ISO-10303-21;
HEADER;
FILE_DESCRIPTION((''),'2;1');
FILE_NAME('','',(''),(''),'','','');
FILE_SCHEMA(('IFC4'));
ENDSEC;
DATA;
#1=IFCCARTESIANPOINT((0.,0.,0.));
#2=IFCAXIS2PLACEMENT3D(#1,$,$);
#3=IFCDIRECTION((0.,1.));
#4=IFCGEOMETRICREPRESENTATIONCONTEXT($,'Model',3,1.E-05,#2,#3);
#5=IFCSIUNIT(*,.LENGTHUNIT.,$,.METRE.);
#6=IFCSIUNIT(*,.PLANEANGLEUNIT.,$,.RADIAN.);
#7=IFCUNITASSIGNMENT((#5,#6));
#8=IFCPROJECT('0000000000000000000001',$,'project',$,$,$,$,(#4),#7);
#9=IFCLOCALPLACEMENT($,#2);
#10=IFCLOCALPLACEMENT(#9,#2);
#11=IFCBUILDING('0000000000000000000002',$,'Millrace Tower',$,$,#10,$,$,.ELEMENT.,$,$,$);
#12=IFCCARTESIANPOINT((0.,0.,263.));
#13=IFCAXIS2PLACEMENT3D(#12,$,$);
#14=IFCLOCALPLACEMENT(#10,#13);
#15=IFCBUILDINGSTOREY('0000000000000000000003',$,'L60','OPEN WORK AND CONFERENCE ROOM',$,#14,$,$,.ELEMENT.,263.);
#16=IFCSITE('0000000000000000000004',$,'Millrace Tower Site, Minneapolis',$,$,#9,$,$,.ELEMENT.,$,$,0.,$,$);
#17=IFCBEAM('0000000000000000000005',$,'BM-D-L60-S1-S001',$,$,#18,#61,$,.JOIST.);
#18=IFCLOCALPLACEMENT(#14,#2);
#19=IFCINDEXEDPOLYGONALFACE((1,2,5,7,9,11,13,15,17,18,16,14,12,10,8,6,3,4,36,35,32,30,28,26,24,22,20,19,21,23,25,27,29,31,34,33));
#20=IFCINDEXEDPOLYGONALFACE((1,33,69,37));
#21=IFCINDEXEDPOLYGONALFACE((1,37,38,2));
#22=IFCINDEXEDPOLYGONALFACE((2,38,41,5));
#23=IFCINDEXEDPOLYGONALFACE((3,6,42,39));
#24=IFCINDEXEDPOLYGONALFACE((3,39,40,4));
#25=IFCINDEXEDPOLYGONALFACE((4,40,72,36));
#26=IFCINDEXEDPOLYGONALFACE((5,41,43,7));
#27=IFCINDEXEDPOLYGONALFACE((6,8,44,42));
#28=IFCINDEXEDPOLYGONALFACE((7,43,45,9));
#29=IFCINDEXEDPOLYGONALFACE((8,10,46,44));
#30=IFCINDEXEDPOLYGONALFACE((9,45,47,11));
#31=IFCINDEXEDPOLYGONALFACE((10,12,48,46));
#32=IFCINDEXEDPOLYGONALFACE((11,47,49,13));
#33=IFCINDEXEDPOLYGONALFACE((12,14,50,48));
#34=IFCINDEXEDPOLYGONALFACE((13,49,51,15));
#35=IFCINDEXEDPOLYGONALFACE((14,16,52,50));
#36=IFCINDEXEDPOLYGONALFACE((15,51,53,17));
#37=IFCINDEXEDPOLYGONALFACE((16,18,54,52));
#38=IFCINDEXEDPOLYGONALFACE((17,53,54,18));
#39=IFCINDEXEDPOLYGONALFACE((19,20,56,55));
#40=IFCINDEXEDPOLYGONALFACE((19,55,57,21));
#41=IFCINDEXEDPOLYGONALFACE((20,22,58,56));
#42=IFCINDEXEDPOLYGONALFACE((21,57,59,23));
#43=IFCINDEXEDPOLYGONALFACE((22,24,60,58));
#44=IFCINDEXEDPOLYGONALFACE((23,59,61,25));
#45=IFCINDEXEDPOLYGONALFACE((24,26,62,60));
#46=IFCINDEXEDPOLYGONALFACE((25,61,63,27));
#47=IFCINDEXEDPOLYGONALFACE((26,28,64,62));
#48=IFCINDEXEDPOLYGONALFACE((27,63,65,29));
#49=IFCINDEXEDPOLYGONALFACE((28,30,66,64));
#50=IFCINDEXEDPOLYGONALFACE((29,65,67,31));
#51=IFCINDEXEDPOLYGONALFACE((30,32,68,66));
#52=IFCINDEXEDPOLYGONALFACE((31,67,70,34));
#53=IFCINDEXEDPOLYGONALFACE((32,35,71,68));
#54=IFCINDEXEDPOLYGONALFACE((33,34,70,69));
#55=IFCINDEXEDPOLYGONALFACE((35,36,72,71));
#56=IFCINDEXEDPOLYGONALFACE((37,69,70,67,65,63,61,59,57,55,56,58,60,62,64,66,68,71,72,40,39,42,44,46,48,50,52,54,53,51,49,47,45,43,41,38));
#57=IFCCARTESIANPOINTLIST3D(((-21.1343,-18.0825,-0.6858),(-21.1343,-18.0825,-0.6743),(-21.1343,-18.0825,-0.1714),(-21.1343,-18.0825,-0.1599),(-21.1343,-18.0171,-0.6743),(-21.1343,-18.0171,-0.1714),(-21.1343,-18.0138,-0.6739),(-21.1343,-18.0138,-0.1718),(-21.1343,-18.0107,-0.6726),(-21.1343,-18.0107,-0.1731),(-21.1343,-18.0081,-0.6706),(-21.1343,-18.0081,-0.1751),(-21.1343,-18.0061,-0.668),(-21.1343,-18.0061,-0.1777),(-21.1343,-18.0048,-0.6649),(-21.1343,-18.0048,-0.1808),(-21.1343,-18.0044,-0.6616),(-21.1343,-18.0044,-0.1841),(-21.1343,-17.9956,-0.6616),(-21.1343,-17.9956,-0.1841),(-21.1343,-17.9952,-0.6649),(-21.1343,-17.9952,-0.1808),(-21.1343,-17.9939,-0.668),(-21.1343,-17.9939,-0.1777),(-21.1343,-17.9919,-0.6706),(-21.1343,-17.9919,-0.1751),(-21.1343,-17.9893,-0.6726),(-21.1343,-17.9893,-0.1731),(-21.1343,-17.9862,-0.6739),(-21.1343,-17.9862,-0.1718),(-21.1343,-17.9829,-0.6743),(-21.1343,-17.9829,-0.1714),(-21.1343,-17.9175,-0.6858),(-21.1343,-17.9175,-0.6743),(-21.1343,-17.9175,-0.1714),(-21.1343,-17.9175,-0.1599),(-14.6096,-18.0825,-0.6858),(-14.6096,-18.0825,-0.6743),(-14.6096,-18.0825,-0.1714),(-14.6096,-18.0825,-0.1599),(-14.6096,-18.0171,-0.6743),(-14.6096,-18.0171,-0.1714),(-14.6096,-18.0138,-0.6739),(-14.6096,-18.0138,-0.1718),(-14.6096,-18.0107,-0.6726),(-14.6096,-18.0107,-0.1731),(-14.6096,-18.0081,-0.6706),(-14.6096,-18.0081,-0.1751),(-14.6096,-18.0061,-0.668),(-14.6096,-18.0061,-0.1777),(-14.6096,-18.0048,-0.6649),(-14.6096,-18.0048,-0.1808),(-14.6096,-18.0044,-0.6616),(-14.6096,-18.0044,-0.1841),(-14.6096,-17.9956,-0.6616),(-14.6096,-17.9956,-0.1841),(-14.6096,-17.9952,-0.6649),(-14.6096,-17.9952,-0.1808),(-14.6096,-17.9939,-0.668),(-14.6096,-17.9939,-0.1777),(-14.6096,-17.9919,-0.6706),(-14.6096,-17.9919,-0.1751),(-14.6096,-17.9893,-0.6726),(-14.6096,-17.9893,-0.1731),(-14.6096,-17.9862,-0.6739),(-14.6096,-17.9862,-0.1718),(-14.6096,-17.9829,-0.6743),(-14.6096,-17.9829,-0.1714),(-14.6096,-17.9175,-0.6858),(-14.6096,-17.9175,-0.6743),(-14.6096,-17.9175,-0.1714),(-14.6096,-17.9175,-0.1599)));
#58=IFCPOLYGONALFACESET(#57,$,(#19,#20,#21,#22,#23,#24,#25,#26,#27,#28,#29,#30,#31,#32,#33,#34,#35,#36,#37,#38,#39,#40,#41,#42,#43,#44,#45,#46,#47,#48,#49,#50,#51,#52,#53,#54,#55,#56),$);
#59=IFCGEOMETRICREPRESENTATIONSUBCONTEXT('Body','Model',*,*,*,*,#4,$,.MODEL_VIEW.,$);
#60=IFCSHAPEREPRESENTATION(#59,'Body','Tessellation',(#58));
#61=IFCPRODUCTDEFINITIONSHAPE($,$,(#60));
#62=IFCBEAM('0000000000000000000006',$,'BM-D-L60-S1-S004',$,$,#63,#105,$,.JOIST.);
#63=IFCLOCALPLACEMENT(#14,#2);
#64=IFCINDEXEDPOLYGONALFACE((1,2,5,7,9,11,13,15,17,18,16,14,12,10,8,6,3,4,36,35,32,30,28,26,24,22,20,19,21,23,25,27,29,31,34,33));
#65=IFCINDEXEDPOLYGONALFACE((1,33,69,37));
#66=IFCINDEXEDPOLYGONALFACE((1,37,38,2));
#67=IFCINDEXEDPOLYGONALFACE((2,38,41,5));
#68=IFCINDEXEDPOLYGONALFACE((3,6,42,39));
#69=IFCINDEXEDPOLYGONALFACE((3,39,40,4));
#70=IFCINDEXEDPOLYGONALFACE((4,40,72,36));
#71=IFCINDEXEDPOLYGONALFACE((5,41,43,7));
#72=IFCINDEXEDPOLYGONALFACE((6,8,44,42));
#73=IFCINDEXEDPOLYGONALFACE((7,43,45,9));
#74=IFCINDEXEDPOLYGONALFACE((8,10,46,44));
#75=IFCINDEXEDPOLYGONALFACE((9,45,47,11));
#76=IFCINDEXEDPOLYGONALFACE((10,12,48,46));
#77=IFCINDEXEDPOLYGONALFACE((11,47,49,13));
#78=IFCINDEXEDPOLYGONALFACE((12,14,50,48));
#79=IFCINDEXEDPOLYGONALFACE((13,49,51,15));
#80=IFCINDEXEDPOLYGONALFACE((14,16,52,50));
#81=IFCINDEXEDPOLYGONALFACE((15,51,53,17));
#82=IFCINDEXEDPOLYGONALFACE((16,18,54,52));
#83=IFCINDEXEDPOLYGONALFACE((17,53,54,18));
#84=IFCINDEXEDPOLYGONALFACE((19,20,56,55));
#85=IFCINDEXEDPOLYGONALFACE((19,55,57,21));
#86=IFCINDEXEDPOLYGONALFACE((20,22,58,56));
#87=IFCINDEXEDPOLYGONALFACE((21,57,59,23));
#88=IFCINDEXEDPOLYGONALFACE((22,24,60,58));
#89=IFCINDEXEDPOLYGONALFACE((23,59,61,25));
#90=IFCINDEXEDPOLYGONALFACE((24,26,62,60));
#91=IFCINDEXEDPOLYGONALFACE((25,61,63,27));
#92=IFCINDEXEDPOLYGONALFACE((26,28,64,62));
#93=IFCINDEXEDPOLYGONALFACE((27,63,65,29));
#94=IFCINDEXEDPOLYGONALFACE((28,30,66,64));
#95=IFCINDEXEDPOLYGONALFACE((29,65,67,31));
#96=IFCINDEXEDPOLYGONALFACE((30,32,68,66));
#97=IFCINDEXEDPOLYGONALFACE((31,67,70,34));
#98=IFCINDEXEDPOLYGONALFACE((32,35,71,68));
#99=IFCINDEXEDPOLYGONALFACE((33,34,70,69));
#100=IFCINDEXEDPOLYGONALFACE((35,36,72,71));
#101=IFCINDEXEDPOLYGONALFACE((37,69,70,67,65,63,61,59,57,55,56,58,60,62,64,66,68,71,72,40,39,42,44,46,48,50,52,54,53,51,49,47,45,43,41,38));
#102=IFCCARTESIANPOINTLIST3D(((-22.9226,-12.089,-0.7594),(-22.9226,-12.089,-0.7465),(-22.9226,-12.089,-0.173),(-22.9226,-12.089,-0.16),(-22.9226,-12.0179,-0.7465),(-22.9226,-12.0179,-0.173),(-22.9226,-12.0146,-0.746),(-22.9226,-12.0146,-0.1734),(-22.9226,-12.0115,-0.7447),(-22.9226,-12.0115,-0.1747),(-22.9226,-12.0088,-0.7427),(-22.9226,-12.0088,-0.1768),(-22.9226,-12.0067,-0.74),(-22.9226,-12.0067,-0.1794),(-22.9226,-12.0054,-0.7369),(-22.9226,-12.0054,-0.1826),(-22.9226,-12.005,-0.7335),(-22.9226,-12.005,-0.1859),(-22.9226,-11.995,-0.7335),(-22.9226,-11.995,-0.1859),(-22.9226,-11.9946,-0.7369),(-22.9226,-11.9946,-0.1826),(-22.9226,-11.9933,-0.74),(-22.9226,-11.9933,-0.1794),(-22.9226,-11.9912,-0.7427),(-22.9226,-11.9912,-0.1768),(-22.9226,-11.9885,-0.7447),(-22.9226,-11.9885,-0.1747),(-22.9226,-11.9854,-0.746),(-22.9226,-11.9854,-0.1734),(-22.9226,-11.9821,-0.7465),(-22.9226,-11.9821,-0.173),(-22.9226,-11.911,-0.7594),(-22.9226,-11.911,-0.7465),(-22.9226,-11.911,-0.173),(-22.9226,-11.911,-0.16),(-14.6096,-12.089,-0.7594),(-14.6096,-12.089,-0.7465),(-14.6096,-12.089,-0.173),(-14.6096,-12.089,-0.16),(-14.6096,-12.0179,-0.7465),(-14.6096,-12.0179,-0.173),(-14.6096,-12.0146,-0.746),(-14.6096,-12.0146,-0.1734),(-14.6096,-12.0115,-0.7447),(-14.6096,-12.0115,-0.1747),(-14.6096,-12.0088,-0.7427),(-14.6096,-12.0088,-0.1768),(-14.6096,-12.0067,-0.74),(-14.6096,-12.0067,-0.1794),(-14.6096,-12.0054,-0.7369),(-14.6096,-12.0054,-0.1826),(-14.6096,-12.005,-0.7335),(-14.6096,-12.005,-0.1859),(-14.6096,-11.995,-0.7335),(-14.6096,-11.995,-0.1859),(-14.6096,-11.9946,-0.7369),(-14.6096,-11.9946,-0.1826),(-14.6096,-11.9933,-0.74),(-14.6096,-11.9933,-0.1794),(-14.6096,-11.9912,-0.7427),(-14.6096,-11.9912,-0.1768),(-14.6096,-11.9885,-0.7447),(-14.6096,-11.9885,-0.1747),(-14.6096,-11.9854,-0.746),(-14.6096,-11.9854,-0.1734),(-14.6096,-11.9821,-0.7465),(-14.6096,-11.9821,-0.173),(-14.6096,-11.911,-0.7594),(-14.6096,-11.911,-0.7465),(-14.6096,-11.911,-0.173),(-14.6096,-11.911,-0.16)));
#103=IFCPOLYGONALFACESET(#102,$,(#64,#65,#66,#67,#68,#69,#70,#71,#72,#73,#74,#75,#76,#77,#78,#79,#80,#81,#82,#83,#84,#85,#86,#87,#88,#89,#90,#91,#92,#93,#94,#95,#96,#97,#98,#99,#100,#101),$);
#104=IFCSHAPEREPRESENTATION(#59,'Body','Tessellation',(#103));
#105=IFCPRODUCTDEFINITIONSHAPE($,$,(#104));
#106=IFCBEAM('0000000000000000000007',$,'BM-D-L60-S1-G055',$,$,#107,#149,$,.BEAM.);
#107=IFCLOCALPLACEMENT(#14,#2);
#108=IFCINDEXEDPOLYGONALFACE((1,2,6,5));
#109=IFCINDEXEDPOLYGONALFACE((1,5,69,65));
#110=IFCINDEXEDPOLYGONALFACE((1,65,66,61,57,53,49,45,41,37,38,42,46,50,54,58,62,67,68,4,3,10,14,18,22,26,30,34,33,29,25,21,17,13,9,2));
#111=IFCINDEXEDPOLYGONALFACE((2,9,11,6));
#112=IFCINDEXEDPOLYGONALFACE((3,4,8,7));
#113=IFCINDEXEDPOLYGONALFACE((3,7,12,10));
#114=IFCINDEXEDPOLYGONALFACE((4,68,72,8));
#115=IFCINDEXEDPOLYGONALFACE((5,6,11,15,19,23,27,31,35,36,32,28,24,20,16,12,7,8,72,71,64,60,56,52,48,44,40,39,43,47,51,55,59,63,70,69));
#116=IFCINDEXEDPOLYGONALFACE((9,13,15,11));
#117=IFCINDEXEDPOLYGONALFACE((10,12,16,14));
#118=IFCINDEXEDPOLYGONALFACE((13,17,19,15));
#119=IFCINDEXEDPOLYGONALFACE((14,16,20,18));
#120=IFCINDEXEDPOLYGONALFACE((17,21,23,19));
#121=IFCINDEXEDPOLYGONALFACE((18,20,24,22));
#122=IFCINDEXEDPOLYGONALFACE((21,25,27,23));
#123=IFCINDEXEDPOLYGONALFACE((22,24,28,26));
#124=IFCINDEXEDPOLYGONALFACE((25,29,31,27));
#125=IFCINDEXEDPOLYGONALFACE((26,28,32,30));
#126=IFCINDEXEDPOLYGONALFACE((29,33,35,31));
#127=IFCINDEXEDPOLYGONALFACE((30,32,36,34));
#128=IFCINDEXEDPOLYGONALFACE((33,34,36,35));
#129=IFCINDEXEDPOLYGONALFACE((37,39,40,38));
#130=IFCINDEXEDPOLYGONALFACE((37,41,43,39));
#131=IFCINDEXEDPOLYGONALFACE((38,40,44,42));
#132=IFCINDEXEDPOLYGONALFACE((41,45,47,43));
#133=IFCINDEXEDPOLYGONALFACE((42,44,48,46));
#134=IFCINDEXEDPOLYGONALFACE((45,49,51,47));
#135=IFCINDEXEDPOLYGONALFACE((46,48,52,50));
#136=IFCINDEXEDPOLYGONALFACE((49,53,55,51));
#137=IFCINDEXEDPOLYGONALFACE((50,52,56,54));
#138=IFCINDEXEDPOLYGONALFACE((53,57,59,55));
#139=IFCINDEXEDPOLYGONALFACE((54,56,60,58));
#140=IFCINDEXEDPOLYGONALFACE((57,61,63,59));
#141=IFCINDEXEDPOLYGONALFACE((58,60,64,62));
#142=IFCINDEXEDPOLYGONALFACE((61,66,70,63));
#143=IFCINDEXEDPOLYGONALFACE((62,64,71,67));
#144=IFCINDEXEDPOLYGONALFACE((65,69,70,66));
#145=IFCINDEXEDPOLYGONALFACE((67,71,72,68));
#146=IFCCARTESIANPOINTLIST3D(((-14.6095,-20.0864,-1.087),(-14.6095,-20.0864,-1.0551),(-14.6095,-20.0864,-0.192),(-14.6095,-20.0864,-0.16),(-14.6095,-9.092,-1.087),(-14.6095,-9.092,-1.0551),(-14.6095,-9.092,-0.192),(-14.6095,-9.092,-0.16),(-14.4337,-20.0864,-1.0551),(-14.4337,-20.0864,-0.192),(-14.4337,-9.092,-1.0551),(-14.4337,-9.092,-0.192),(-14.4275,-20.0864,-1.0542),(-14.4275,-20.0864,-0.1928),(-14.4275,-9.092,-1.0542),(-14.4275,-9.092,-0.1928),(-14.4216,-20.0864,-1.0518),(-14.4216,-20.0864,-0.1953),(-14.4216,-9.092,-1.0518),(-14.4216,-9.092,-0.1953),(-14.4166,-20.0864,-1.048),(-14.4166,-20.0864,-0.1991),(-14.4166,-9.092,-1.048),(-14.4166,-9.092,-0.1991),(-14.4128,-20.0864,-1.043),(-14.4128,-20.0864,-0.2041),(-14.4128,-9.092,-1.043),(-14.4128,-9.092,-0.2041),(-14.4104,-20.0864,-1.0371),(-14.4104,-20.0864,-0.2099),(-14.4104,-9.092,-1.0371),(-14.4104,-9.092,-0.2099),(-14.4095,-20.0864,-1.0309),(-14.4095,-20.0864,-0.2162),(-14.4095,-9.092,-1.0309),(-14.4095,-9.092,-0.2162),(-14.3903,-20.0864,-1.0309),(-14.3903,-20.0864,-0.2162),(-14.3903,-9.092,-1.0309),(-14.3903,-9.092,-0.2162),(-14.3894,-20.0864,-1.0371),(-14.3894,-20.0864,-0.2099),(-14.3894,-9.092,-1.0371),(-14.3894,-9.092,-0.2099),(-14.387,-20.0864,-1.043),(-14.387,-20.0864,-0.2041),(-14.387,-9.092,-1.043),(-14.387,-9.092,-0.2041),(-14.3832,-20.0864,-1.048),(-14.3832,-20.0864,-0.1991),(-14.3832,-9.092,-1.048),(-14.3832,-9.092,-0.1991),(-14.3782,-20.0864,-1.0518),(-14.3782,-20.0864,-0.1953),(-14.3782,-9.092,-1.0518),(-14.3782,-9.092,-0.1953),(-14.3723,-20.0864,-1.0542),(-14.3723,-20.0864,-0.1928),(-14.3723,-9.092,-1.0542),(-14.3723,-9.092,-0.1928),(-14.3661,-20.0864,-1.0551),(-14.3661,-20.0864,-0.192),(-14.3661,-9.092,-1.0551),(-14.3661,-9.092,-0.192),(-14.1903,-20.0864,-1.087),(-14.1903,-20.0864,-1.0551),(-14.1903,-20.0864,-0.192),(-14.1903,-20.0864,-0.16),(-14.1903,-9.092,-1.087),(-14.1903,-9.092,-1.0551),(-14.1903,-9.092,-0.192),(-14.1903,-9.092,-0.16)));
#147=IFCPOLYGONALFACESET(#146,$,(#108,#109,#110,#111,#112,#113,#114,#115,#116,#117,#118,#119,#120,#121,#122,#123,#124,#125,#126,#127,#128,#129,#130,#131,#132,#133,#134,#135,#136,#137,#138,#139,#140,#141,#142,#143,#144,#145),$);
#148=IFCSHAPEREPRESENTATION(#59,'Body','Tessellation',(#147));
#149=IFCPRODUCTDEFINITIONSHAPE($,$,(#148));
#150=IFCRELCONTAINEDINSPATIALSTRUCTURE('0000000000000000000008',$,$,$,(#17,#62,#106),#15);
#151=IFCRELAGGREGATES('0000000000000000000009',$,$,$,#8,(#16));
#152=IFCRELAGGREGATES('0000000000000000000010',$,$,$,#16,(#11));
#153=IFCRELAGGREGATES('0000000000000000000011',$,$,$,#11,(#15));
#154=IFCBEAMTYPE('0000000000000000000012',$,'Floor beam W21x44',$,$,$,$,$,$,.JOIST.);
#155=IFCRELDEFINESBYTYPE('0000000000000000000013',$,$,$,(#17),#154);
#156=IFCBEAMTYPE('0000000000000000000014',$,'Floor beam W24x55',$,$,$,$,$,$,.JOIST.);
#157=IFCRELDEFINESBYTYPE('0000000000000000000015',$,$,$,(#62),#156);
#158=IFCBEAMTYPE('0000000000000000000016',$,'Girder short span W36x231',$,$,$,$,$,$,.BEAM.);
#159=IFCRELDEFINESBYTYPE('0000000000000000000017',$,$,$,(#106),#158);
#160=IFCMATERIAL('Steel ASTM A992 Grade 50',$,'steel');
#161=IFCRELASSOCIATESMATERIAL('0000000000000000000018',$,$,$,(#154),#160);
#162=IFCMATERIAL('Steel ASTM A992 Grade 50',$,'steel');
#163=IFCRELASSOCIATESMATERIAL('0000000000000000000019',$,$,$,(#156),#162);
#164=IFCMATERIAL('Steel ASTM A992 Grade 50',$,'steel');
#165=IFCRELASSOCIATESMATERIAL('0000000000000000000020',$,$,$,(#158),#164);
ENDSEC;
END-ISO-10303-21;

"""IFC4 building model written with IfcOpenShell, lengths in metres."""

from ifc_helpers import new_model, si_unit, direction, frame, origin, origin_2d, place, context, subcontext, project, spatial, i_section, extrude, material, material_profile, profile_set, type_object, element, save


model = new_model("IFC4")

# Units and contexts
model_context = context("Model", 3, precision=1e-05, world=origin(), true_north=direction((0.0, 1.0)))
body_context = subcontext(model_context, "Body", "Model", "MODEL_VIEW")
ifc_project = project(units=[si_unit("LENGTHUNIT", "METRE"), si_unit("PLANEANGLEUNIT", "RADIAN")], contexts=[model_context])

# Site, building, storey
site_placement = place(None, origin())
site = spatial("IfcSite", under=ifc_project, at=site_placement, Name="Millrace Tower Site, Minneapolis", CompositionType="ELEMENT", RefElevation=0.0)
building_placement = place(site_placement, origin())
building = spatial("IfcBuilding", under=site, at=building_placement, Name="Millrace Tower", CompositionType="ELEMENT")
storey_placement = place(building_placement, frame((0.0, 0.0, 263.0)))
storey = spatial("IfcBuildingStorey", under=building, at=storey_placement, Name="L60", Description="OPEN WORK AND CONFERENCE ROOM", CompositionType="ELEMENT", Elevation=263.0)

# Beams
ifc_material_1 = material(Name="Steel ASTM A992 Grade 50", Category="steel")
ifc_material_profile_1 = material_profile(ifc_material_1, i_section(OverallWidth=0.165, OverallDepth=0.5259, WebThickness=0.0088, FlangeThickness=0.0115, FilletRadius=0.0127, at=origin_2d()))
ifc_profile_set_1 = profile_set([ifc_material_profile_1], Name="Steel ASTM A992 Grade 50")
beam_type_1 = type_object("IfcBeamType", Name="Floor beam W21x44", PredefinedType="JOIST", material=ifc_profile_set_1)
beam_1_placement = place(storey_placement, frame((-21.1343, -18.0, -0.4229), z_axis=(1.0, 0.0, 0.0), x_axis=(0.0, 1.0, 0.0)))
element("IfcBeam", 1, at=beam_1_placement, inside=storey, type_object=beam_type_1, Name="BM-D-L60-S1-S001", PredefinedType="JOIST", context=body_context, shape_type="SweptSolid", body=[
    extrude(i_section(OverallWidth=0.165, OverallDepth=0.5259, WebThickness=0.0088, FlangeThickness=0.0115, FilletRadius=0.0127, at=origin_2d()), origin(), (0.0, 0.0, 1.0), 6.5247),
])
ifc_material_2 = material(Name="Steel ASTM A992 Grade 50", Category="steel")
ifc_material_profile_2 = material_profile(ifc_material_2, i_section(OverallWidth=0.178, OverallDepth=0.5994, WebThickness=0.01, FlangeThickness=0.0129, FilletRadius=0.0129, at=origin_2d()))
ifc_profile_set_2 = profile_set([ifc_material_profile_2], Name="Steel ASTM A992 Grade 50")
beam_type_2 = type_object("IfcBeamType", Name="Floor beam W24x55", PredefinedType="JOIST", material=ifc_profile_set_2)
beam_2_placement = place(storey_placement, frame((-22.9226, -12.0, -0.4597), z_axis=(1.0, 0.0, 0.0), x_axis=(0.0, 1.0, 0.0)))
element("IfcBeam", 2, at=beam_2_placement, inside=storey, type_object=beam_type_2, Name="BM-D-L60-S1-S004", PredefinedType="JOIST", context=body_context, shape_type="SweptSolid", body=[
    extrude(i_section(OverallWidth=0.178, OverallDepth=0.5994, WebThickness=0.01, FlangeThickness=0.0129, FilletRadius=0.0129, at=origin_2d()), origin(), (0.0, 0.0, 1.0), 8.313),
])
ifc_material_3 = material(Name="Steel ASTM A992 Grade 50", Category="steel")
ifc_material_profile_3 = material_profile(ifc_material_3, i_section(OverallWidth=0.4192, OverallDepth=0.927, WebThickness=0.0193, FlangeThickness=0.032, FilletRadius=0.0242, at=origin_2d()))
ifc_profile_set_3 = profile_set([ifc_material_profile_3], Name="Steel ASTM A992 Grade 50")
beam_type_3 = type_object("IfcBeamType", Name="Girder short span W36x231", PredefinedType="BEAM", material=ifc_profile_set_3)
beam_3_placement = place(storey_placement, frame((-14.3999, -20.0864, -0.6235), z_axis=(0.0, 1.0, 0.0), x_axis=(-1.0, 0.0, 0.0)))
element("IfcBeam", 3, at=beam_3_placement, inside=storey, type_object=beam_type_3, Name="BM-D-L60-S1-G055", PredefinedType="BEAM", context=body_context, shape_type="SweptSolid", body=[
    extrude(i_section(OverallWidth=0.4192, OverallDepth=0.927, WebThickness=0.0193, FlangeThickness=0.032, FilletRadius=0.0242, at=origin_2d()), origin(), (0.0, 0.0, 1.0), 10.9944),
])

save(model, "model.ifc")
